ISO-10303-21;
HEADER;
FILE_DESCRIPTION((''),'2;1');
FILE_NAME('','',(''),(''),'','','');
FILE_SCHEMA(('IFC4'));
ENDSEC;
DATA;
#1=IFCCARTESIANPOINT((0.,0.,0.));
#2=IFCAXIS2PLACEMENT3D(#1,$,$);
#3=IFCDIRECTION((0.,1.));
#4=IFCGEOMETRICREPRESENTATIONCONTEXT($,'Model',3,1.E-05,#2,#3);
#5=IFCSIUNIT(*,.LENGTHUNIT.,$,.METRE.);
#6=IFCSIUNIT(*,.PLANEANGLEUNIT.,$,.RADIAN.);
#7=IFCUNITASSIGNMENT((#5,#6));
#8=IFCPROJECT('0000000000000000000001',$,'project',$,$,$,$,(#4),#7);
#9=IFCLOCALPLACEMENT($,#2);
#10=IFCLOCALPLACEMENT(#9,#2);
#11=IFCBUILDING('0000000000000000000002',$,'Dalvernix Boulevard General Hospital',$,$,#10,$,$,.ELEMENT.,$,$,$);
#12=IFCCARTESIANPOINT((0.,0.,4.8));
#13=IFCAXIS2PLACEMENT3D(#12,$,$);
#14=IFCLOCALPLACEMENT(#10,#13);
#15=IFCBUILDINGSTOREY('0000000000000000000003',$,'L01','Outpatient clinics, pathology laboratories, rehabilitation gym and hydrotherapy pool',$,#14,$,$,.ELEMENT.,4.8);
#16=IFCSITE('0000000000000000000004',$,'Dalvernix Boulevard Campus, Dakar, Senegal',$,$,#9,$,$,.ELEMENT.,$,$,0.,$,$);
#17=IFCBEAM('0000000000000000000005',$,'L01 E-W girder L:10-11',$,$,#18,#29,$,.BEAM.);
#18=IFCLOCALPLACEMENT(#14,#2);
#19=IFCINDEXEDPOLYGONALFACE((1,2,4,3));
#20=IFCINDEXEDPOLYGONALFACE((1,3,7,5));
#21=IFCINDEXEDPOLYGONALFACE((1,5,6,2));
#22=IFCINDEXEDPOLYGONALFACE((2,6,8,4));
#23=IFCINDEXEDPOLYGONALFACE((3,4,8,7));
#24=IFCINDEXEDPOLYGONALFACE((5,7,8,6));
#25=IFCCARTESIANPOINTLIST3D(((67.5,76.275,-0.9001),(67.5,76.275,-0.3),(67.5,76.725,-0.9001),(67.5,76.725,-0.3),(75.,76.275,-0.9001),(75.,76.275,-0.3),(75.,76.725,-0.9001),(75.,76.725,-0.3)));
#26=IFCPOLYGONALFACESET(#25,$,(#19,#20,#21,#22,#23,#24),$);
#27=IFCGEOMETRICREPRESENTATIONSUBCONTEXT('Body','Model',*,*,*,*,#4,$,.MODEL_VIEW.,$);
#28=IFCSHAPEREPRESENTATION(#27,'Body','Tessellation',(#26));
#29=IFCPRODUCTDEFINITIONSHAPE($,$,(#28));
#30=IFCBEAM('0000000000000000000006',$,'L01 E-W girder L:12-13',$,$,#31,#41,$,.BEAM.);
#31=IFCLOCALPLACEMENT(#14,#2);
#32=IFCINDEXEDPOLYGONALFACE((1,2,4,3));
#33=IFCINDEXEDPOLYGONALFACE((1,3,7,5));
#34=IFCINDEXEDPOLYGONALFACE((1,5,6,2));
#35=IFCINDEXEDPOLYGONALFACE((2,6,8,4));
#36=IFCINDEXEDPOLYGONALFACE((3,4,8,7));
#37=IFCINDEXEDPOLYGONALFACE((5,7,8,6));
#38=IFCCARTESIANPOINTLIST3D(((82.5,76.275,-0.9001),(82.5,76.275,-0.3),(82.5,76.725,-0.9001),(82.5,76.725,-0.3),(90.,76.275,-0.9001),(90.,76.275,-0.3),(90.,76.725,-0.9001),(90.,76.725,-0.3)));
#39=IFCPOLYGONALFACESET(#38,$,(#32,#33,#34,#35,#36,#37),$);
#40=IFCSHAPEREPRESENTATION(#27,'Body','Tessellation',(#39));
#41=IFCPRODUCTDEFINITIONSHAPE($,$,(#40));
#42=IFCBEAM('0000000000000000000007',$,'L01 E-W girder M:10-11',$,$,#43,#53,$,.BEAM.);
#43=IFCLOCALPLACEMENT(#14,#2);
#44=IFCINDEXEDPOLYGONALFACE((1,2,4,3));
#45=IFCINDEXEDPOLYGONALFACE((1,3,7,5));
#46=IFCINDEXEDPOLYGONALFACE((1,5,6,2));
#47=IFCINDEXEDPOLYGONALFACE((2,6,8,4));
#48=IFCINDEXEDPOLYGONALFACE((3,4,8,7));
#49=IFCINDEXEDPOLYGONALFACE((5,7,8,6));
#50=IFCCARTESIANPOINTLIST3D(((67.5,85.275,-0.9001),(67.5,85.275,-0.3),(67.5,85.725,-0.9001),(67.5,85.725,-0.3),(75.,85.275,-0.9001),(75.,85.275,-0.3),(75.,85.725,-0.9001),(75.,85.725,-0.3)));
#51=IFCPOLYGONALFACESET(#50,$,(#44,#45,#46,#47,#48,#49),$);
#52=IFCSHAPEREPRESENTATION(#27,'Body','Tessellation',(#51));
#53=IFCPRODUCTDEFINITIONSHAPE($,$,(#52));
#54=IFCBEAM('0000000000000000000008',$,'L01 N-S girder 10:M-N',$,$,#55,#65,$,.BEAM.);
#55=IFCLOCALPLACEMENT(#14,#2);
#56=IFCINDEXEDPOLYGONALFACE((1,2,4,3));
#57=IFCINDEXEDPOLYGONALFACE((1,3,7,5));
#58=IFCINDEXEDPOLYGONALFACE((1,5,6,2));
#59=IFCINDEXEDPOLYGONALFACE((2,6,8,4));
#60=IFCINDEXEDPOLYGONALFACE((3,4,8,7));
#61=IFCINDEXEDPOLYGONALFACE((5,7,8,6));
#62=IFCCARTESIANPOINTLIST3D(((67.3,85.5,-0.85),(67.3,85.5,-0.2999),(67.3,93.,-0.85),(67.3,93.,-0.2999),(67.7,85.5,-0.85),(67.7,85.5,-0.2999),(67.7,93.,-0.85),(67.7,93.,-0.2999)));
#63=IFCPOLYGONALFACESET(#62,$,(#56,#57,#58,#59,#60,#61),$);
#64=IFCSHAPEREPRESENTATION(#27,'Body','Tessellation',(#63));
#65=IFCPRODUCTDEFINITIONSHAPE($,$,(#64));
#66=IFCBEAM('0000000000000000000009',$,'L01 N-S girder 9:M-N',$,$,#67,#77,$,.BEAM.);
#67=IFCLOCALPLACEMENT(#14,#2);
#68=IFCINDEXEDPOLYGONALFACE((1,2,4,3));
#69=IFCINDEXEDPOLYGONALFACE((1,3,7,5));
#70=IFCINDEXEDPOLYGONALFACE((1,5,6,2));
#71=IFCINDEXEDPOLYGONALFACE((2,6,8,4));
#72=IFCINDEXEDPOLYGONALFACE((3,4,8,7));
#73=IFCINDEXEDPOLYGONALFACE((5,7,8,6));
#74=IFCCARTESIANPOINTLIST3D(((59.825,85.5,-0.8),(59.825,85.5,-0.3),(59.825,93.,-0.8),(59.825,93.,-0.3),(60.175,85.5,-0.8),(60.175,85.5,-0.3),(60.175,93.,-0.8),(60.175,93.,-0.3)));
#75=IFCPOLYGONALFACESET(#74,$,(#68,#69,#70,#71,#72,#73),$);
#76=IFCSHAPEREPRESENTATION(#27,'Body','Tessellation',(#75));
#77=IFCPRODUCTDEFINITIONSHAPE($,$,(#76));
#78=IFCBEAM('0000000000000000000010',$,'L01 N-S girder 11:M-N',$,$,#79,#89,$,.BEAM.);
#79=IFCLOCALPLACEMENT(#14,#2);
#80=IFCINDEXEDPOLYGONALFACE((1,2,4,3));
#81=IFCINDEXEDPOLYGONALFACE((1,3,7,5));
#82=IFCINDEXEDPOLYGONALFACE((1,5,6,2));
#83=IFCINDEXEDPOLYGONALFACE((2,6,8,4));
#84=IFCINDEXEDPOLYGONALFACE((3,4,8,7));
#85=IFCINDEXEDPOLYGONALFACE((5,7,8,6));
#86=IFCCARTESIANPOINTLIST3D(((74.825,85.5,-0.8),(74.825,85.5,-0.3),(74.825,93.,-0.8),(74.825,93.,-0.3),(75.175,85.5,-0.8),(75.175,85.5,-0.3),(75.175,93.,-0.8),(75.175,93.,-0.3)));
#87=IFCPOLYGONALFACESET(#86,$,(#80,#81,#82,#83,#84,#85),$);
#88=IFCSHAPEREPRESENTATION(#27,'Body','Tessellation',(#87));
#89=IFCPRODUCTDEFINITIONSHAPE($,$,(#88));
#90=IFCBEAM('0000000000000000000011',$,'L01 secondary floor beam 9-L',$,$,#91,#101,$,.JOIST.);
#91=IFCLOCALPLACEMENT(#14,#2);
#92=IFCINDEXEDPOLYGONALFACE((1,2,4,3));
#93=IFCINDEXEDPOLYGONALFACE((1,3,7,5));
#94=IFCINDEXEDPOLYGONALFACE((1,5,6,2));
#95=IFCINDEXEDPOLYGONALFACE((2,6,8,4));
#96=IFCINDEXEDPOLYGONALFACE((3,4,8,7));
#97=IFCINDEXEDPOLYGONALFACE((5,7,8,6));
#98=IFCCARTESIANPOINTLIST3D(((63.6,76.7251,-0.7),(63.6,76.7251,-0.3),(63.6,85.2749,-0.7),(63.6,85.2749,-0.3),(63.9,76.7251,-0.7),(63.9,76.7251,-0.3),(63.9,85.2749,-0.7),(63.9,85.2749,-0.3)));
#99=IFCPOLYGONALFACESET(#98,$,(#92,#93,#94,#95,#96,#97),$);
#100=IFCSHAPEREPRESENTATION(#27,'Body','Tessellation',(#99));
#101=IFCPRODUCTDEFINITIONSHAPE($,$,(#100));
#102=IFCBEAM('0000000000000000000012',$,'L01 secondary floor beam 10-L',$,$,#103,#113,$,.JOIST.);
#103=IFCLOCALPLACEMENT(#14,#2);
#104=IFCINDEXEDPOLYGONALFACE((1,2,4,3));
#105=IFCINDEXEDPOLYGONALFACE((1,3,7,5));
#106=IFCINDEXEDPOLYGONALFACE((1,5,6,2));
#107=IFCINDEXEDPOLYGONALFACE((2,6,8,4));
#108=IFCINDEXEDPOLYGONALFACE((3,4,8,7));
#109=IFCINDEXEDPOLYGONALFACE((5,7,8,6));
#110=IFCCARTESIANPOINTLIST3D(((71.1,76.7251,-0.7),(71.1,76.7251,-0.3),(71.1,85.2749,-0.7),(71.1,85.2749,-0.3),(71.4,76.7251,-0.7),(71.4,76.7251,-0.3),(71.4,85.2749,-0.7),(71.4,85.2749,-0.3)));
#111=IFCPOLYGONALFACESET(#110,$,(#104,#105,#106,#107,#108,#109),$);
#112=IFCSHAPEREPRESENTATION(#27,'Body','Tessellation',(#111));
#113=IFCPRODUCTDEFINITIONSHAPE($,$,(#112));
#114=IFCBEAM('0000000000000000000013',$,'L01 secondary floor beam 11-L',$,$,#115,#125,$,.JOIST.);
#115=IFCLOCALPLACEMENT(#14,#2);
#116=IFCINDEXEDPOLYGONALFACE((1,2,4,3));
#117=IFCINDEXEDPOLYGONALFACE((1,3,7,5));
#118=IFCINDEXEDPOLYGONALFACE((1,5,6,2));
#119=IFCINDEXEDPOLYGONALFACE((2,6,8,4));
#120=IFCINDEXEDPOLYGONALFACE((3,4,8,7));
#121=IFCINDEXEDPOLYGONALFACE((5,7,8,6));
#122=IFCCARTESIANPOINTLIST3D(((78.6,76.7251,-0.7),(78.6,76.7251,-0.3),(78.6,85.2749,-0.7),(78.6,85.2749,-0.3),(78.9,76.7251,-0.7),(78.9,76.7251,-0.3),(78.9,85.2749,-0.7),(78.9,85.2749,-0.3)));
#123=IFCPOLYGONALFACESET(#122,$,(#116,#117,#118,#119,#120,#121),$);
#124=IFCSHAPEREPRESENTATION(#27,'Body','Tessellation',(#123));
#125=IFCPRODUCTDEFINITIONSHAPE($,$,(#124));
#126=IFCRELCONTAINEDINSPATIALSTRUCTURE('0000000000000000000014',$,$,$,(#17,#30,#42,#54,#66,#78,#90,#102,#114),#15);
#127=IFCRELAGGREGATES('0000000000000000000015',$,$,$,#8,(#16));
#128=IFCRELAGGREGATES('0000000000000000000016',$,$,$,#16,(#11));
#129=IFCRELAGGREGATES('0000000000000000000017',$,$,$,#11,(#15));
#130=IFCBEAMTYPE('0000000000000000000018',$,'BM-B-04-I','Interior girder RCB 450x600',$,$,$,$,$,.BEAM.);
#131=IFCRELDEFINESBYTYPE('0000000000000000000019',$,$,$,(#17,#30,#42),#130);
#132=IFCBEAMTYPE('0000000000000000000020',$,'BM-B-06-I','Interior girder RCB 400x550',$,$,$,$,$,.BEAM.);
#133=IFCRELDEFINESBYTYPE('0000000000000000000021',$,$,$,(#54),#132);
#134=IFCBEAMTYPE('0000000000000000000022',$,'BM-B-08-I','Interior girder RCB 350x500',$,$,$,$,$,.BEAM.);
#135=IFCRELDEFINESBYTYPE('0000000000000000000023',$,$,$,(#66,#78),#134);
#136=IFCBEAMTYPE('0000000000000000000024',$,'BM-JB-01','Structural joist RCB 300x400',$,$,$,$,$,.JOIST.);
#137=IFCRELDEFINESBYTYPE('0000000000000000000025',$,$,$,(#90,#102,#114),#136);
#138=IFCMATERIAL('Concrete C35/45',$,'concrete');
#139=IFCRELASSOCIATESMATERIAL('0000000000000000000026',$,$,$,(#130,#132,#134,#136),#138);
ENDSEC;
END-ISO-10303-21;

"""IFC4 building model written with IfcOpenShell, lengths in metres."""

from ifc_helpers import new_model, si_unit, direction, frame, origin, origin_2d, place, context, subcontext, project, spatial, rectangle, extrude, material, material_profile, profile_set, type_object, element, save


model = new_model("IFC4")

# Units and contexts
model_context = context("Model", 3, precision=1e-05, world=origin(), true_north=direction((0.0, 1.0)))
body_context = subcontext(model_context, "Body", "Model", "MODEL_VIEW")
ifc_project = project(units=[si_unit("LENGTHUNIT", "METRE"), si_unit("PLANEANGLEUNIT", "RADIAN")], contexts=[model_context])

# Site, building, storey
site_placement = place(None, origin())
site = spatial("IfcSite", under=ifc_project, at=site_placement, Name="Dalvernix Boulevard Campus, Dakar, Senegal", CompositionType="ELEMENT", RefElevation=0.0)
building_placement = place(site_placement, origin())
building = spatial("IfcBuilding", under=site, at=building_placement, Name="Dalvernix Boulevard General Hospital", CompositionType="ELEMENT")
storey_placement = place(building_placement, frame((0.0, 0.0, 4.8)))
storey = spatial("IfcBuildingStorey", under=building, at=storey_placement, Name="L01", Description="Outpatient clinics, pathology laboratories, rehabilitation gym and hydrotherapy pool", CompositionType="ELEMENT", Elevation=4.8)

# Beams
ifc_material_1 = material(Name="Concrete C35/45", Category="concrete")
ifc_material_profile_1 = material_profile(ifc_material_1, rectangle(XDim=0.45, YDim=0.6001, at=origin_2d()), Name="RCB 450x600")
ifc_profile_set_1 = profile_set([ifc_material_profile_1], Name="Concrete C35/45")
beam_type_1 = type_object("IfcBeamType", Name="BM-B-04-I", Description="Interior girder RCB 450x600", PredefinedType="BEAM", material=ifc_profile_set_1)
for number, where, z_axis, x_axis, name in (
    (1, (67.5, 76.5, -0.6001), (1.0, 0.0, 0.0), (0.0, 1.0, 0.0), "L01 E-W girder L:10-11"),
    (2, (82.5, 76.5, -0.6001), (1.0, 0.0, 0.0), (0.0, 1.0, 0.0), "L01 E-W girder L:12-13"),
    (3, (67.5, 85.5, -0.6001), (1.0, 0.0, 0.0), (0.0, 1.0, 0.0), "L01 E-W girder M:10-11"),
):
    element("IfcBeam", number, at=place(storey_placement, frame(where, z_axis=z_axis, x_axis=x_axis)), inside=storey, type_object=beam_type_1, Name=name, PredefinedType="BEAM", context=body_context, shape_type="SweptSolid", body=[
        extrude(rectangle(XDim=0.45, YDim=0.6001, at=origin_2d()), origin(), (0.0, 0.0, 1.0), 7.5),
    ])
ifc_material_profile_2 = material_profile(ifc_material_1, rectangle(XDim=0.3999, YDim=0.55, at=origin_2d()), Name="RCB 400x550")
ifc_profile_set_2 = profile_set([ifc_material_profile_2], Name="Concrete C35/45")
beam_type_2 = type_object("IfcBeamType", Name="BM-B-06-I", Description="Interior girder RCB 400x550", PredefinedType="BEAM", material=ifc_profile_set_2)
beam_placement = place(storey_placement, frame((67.5, 85.5, -0.575), z_axis=(0.0, 1.0, 0.0), x_axis=(-1.0, 0.0, 0.0)))
element("IfcBeam", 4, at=beam_placement, inside=storey, type_object=beam_type_2, Name="L01 N-S girder 10:M-N", PredefinedType="BEAM", context=body_context, shape_type="SweptSolid", body=[
    extrude(rectangle(XDim=0.3999, YDim=0.55, at=origin_2d()), origin(), (0.0, 0.0, 1.0), 7.5),
])
ifc_material_profile_3 = material_profile(ifc_material_1, rectangle(XDim=0.3501, YDim=0.5, at=origin_2d()), Name="RCB 350x500")
ifc_profile_set_3 = profile_set([ifc_material_profile_3], Name="Concrete C35/45")
beam_type_3 = type_object("IfcBeamType", Name="BM-B-08-I", Description="Interior girder RCB 350x500", PredefinedType="BEAM", material=ifc_profile_set_3)
for number, where, z_axis, x_axis, name in (
    (5, (60.0, 85.5, -0.55), (0.0, 1.0, 0.0), (-1.0, 0.0, 0.0), "L01 N-S girder 9:M-N"),
    (6, (75.0, 85.5, -0.55), (0.0, 1.0, 0.0), (-1.0, 0.0, 0.0), "L01 N-S girder 11:M-N"),
):
    element("IfcBeam", number, at=place(storey_placement, frame(where, z_axis=z_axis, x_axis=x_axis)), inside=storey, type_object=beam_type_3, Name=name, PredefinedType="BEAM", context=body_context, shape_type="SweptSolid", body=[
        extrude(rectangle(XDim=0.3501, YDim=0.5, at=origin_2d()), origin(), (0.0, 0.0, 1.0), 7.5),
    ])
ifc_material_profile_4 = material_profile(ifc_material_1, rectangle(XDim=0.3, YDim=0.3999, at=origin_2d()), Name="RCB 300x400")
ifc_profile_set_4 = profile_set([ifc_material_profile_4], Name="Concrete C35/45")
beam_type_4 = type_object("IfcBeamType", Name="BM-JB-01", Description="Structural joist RCB 300x400", PredefinedType="JOIST", material=ifc_profile_set_4)
for number, where, z_axis, x_axis, name in (
    (7, (63.75, 76.7251, -0.5), (0.0, 1.0, 0.0), (-1.0, 0.0, 0.0), "L01 secondary floor beam 9-L"),
    (8, (71.25, 76.7251, -0.5), (0.0, 1.0, 0.0), (-1.0, 0.0, 0.0), "L01 secondary floor beam 10-L"),
    (9, (78.75, 76.7251, -0.5), (0.0, 1.0, 0.0), (-1.0, 0.0, 0.0), "L01 secondary floor beam 11-L"),
):
    element("IfcBeam", number, at=place(storey_placement, frame(where, z_axis=z_axis, x_axis=x_axis)), inside=storey, type_object=beam_type_4, Name=name, PredefinedType="JOIST", context=body_context, shape_type="SweptSolid", body=[
        extrude(rectangle(XDim=0.3, YDim=0.3999, at=origin_2d()), origin(), (0.0, 0.0, 1.0), 8.5498),
    ])

save(model, "model.ifc")
